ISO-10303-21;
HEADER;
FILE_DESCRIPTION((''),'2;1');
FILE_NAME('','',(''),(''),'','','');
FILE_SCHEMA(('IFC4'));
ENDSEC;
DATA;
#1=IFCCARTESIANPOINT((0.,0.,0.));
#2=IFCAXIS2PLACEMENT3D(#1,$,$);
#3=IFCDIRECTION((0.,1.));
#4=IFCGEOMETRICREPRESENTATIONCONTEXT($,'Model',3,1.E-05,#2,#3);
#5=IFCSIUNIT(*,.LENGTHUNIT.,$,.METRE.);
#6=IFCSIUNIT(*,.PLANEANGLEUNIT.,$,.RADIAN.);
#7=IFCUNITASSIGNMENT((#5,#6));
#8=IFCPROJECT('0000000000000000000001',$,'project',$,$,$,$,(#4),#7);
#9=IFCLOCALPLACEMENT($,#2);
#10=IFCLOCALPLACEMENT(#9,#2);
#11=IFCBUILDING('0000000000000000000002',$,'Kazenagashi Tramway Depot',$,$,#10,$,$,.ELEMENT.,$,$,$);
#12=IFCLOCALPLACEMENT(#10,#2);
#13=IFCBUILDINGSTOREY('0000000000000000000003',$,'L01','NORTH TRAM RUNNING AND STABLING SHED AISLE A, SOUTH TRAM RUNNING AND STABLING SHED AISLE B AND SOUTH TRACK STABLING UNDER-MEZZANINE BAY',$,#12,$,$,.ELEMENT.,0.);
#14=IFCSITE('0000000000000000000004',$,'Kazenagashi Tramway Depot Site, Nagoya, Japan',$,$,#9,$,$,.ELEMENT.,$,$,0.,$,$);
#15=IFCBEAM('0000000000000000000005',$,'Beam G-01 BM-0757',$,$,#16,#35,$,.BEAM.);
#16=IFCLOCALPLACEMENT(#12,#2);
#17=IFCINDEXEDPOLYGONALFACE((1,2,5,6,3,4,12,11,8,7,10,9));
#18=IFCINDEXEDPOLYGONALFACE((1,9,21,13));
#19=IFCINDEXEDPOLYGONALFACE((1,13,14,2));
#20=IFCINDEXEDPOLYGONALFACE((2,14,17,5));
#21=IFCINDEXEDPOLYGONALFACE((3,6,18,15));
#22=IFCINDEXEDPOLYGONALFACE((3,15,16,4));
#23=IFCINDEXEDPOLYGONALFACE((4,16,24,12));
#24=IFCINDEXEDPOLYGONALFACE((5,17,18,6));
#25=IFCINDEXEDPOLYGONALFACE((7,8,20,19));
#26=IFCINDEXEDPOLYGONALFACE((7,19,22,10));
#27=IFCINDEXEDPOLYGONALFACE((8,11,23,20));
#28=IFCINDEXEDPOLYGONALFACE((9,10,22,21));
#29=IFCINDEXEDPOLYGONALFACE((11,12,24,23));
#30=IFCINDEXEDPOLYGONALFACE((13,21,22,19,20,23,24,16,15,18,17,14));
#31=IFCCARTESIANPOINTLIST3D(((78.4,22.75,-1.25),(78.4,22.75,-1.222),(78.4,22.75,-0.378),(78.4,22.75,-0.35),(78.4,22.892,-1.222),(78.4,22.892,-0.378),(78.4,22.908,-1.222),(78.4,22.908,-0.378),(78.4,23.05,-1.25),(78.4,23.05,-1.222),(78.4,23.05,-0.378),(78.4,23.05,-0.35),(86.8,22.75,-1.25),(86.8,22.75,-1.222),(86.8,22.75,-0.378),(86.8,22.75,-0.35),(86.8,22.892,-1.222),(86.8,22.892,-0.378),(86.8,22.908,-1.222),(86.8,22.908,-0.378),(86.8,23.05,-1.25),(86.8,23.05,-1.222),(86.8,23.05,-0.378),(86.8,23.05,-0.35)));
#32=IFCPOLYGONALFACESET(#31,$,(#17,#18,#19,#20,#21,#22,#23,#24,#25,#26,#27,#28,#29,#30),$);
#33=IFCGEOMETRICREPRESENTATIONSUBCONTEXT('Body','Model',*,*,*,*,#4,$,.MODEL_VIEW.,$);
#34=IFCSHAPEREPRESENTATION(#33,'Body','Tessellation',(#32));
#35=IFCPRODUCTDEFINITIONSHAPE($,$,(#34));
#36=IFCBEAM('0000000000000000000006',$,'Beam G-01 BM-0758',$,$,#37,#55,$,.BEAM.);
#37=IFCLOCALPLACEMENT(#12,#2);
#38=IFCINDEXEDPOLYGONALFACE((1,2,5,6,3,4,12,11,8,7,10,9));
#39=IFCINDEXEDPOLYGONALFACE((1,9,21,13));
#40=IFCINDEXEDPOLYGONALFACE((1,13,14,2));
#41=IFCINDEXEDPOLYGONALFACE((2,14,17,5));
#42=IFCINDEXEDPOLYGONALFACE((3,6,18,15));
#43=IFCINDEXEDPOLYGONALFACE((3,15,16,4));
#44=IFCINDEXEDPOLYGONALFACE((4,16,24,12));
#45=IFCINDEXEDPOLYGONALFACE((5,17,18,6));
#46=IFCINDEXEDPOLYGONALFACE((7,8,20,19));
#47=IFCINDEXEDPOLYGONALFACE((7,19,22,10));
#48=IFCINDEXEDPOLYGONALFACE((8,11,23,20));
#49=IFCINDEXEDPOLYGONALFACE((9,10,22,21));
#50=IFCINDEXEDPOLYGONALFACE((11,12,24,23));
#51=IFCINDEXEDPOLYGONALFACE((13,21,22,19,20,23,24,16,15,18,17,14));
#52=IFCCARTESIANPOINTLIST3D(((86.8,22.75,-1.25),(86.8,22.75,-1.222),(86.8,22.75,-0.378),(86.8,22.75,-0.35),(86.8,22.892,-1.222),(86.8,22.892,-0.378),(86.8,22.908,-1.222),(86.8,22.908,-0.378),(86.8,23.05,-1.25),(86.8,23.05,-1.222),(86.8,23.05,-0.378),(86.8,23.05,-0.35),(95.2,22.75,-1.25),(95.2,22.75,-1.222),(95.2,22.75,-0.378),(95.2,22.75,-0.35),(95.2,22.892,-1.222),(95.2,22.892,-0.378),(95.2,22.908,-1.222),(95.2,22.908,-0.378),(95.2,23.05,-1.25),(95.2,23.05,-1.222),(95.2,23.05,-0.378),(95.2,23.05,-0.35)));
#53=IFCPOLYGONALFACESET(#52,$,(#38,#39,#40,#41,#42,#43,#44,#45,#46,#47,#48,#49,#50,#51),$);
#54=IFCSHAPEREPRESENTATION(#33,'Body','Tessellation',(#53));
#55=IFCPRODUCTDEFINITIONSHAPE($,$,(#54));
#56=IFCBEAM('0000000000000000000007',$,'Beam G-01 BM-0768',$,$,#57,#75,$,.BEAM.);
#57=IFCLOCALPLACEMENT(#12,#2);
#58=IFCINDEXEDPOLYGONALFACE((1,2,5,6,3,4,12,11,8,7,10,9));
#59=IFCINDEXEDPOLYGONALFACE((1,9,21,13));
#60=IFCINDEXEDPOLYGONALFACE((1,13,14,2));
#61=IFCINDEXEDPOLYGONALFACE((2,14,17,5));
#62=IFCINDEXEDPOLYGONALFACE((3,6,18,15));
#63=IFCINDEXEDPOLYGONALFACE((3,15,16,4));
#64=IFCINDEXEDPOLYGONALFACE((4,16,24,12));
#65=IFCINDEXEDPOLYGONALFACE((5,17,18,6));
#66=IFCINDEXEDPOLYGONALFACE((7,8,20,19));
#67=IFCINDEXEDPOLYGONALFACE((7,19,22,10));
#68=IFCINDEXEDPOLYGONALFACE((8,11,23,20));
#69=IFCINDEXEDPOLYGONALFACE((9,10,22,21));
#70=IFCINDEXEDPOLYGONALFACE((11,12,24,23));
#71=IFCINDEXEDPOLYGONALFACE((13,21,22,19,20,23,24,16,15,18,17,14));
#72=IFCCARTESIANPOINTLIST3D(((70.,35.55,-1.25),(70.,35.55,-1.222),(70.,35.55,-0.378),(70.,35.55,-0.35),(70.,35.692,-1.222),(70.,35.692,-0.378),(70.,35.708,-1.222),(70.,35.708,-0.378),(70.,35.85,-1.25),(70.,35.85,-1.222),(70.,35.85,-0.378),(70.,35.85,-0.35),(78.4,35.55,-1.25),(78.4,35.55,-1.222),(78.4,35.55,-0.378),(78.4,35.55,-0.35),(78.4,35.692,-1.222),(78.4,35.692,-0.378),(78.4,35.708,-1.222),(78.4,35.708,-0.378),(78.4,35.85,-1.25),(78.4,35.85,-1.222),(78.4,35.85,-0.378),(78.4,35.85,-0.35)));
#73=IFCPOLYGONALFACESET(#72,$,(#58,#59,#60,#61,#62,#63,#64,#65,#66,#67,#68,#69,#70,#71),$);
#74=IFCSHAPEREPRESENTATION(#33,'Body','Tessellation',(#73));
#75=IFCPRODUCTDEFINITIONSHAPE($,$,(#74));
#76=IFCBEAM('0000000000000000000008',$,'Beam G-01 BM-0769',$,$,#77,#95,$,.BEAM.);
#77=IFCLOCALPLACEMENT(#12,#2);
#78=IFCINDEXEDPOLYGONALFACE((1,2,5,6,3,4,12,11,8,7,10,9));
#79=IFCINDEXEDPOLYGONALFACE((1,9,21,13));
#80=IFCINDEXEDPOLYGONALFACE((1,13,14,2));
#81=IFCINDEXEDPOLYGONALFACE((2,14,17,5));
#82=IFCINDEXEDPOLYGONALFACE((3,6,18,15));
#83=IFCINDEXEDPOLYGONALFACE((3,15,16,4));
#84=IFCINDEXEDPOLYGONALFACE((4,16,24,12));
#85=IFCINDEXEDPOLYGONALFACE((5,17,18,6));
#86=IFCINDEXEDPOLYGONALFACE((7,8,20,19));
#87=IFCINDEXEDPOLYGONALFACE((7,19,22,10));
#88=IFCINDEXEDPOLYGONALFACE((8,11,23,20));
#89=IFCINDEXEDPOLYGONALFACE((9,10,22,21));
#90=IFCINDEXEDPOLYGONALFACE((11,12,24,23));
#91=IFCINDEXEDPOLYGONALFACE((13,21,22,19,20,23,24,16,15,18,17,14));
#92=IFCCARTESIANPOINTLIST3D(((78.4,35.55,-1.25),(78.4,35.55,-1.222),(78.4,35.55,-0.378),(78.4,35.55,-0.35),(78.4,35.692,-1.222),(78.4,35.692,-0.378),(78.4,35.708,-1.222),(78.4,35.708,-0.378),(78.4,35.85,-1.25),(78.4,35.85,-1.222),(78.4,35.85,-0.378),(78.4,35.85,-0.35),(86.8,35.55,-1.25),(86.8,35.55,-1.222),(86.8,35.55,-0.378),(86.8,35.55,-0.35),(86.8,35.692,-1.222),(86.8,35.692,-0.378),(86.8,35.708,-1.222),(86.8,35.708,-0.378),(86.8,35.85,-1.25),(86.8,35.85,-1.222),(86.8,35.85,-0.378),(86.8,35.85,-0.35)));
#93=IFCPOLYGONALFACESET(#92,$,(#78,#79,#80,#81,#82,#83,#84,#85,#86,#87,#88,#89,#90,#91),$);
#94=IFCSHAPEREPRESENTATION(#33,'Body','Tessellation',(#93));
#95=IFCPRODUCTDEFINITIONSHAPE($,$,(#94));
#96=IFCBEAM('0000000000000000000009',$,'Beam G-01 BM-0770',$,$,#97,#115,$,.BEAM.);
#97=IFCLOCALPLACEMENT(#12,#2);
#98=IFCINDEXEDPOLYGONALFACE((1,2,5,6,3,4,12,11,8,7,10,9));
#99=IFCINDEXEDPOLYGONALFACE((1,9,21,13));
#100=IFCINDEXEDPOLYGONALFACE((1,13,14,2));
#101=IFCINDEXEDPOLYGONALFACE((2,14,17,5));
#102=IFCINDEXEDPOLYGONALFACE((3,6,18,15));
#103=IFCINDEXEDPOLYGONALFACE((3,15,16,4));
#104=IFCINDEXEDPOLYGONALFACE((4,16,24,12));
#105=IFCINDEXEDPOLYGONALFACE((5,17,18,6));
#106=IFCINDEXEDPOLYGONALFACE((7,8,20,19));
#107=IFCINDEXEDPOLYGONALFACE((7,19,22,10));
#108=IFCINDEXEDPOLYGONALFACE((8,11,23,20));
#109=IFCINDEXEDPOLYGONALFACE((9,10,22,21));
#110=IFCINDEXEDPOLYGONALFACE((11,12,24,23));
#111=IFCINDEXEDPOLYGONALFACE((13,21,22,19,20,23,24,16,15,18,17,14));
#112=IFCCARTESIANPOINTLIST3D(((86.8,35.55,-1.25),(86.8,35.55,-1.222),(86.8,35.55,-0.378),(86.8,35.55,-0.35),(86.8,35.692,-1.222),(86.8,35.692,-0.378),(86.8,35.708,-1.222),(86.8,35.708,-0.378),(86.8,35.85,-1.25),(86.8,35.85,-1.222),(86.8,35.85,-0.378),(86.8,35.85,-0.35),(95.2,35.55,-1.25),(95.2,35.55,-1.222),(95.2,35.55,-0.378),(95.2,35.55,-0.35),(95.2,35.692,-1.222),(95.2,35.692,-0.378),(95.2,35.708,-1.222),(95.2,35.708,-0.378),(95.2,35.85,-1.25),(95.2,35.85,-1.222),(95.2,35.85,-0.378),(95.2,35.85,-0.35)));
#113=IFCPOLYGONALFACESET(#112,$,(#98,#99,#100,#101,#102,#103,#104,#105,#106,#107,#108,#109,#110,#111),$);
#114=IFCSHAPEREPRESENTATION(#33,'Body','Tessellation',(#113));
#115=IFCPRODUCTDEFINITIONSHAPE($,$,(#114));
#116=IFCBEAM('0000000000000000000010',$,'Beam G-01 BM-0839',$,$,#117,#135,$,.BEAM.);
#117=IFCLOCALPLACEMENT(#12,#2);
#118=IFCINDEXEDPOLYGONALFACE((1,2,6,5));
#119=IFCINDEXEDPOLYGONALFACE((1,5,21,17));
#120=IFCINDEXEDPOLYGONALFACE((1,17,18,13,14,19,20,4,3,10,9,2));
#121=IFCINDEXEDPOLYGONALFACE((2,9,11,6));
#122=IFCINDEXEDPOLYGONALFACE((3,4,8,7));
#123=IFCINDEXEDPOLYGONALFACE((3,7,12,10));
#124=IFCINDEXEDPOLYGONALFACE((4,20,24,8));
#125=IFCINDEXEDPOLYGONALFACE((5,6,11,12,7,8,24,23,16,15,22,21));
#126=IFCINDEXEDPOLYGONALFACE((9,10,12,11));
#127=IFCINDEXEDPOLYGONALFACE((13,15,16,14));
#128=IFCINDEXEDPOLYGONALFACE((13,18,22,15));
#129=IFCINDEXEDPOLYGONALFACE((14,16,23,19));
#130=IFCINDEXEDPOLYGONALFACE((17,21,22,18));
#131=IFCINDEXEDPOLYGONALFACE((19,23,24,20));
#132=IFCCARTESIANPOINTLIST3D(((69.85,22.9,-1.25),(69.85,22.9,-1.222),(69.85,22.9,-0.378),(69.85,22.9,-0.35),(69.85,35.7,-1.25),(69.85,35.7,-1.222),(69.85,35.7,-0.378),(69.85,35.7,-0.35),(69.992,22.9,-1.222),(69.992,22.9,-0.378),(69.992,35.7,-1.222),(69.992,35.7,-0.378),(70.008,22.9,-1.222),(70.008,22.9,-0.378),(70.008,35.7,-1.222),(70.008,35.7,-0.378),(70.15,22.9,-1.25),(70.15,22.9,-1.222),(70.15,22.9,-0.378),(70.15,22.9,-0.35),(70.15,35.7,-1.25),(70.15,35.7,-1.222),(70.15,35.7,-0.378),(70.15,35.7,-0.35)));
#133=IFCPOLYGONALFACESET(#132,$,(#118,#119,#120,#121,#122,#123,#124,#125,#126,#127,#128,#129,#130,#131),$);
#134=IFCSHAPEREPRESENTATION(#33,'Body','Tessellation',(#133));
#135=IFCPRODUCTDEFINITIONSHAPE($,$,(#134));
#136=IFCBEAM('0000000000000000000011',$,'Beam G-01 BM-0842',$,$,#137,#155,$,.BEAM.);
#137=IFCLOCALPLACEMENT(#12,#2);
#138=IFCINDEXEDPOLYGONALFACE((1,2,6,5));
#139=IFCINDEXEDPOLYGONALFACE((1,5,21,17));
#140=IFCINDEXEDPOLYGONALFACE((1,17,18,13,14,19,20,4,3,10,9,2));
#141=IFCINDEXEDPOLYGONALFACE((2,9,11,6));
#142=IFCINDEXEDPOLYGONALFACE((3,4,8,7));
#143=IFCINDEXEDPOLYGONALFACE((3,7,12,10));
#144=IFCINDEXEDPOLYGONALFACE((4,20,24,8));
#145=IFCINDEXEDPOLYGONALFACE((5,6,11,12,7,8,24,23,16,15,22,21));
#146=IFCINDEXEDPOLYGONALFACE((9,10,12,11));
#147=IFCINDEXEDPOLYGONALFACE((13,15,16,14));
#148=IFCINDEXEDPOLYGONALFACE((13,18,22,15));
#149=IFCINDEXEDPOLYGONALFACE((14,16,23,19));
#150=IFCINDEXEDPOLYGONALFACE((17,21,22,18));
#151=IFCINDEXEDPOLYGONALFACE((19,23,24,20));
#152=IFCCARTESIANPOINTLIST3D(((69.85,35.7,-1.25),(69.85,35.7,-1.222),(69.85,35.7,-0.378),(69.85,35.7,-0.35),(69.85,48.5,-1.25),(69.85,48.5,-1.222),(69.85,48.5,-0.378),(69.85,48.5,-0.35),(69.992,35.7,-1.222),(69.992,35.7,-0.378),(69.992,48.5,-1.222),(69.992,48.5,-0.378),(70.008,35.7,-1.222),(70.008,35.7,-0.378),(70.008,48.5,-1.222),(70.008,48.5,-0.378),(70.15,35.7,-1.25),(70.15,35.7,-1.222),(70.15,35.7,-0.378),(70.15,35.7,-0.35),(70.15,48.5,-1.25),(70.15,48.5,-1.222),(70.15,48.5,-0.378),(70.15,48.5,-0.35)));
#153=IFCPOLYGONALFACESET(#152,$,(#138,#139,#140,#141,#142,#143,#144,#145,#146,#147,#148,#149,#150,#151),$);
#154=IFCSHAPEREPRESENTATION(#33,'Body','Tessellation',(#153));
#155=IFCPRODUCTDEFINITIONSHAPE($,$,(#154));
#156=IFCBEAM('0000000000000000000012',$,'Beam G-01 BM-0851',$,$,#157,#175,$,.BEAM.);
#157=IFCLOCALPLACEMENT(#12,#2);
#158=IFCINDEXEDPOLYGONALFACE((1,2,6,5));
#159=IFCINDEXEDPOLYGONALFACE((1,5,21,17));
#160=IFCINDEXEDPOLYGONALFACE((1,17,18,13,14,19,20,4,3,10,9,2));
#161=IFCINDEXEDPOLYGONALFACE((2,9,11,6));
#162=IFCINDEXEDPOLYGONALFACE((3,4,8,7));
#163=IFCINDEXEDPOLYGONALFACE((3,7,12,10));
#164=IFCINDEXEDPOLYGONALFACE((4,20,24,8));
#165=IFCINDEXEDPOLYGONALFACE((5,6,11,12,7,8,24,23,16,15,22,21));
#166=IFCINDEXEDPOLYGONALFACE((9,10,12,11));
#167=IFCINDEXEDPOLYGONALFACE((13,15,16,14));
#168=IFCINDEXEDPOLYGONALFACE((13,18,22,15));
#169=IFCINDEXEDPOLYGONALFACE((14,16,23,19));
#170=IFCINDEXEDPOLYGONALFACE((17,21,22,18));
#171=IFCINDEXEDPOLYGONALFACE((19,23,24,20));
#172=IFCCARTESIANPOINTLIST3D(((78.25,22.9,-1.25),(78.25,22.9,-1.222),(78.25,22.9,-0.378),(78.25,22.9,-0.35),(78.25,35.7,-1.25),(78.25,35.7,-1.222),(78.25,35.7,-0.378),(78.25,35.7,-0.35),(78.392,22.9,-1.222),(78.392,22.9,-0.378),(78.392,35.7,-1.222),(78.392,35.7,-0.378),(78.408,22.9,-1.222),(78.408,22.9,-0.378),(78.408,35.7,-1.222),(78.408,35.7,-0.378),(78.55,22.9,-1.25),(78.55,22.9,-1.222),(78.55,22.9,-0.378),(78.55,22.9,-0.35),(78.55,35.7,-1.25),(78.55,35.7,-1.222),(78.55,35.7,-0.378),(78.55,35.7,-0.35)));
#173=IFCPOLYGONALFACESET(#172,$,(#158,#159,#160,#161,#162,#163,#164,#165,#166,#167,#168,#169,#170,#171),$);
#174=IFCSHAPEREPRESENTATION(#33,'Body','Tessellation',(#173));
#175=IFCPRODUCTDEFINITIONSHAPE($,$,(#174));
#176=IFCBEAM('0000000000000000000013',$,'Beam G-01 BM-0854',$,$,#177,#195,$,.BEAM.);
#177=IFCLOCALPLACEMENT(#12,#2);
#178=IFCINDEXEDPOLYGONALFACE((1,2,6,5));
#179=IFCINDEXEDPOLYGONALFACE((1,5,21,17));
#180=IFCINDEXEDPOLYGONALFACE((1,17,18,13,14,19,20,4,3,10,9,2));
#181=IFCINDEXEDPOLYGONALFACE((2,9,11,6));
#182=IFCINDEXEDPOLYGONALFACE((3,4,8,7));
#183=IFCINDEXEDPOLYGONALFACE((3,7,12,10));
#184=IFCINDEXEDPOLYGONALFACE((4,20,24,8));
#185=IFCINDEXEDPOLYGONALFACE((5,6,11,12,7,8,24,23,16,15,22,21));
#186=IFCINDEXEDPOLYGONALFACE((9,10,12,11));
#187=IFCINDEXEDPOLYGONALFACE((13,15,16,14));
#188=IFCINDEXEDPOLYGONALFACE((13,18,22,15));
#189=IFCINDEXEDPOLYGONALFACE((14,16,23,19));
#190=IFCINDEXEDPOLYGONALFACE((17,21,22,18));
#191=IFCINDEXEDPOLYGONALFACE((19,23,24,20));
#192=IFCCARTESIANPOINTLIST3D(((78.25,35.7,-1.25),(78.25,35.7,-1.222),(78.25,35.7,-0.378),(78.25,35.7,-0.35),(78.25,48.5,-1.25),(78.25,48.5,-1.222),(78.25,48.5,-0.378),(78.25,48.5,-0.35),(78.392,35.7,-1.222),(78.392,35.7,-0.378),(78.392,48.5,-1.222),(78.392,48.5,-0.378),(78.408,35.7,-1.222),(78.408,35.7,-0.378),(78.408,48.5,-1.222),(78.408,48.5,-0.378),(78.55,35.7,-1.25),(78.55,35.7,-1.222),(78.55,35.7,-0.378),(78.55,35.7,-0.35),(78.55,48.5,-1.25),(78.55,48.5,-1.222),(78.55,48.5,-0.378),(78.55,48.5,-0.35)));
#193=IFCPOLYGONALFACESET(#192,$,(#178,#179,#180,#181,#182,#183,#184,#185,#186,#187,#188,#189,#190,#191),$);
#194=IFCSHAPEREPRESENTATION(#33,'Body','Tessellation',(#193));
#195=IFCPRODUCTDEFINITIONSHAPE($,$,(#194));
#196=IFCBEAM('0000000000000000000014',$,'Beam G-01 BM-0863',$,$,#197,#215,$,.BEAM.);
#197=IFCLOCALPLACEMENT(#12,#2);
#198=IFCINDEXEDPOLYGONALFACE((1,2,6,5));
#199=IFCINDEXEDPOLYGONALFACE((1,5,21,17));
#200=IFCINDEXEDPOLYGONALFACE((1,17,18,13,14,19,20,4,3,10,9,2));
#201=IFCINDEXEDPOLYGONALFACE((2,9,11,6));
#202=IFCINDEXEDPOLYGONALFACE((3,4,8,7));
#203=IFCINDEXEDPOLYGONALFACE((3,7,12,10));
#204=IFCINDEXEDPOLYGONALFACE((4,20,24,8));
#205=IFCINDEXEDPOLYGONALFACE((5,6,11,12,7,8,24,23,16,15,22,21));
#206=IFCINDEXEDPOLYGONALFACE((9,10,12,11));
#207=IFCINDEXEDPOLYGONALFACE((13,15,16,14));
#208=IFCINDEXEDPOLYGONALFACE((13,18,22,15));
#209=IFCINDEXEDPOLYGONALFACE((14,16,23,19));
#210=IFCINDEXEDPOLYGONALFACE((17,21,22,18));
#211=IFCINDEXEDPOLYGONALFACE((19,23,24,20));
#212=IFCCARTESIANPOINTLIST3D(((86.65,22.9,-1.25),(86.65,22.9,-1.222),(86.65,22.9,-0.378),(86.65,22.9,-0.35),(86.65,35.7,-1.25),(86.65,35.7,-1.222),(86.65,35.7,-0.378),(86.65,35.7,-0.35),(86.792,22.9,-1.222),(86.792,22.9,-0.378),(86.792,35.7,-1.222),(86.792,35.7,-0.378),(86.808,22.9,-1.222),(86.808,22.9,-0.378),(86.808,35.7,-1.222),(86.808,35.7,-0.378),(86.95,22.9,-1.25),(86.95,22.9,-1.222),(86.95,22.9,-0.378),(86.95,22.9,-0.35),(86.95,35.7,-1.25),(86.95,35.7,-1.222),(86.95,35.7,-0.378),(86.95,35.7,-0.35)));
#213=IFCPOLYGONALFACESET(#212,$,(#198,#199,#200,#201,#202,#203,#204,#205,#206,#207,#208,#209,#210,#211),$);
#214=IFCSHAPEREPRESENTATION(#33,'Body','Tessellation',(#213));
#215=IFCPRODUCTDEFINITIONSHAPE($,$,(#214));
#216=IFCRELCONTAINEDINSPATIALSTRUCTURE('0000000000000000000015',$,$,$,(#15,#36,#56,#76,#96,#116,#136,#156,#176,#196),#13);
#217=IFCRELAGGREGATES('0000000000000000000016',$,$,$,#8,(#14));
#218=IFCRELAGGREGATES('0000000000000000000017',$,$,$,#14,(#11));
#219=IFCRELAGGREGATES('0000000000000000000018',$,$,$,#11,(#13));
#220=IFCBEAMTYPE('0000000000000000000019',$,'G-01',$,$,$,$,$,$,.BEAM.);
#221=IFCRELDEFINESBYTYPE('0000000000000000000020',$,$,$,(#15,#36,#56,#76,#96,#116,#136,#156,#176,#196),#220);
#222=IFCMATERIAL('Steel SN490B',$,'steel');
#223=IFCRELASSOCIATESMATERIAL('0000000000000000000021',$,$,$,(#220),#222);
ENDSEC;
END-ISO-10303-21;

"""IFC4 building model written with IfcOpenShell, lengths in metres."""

from ifc_helpers import new_model, si_unit, direction, frame, origin, origin_2d, place, context, subcontext, project, spatial, i_section, extrude, material, material_profile, profile_set, type_object, element, save


model = new_model("IFC4")

# Units and contexts
model_context = context("Model", 3, precision=1e-05, world=origin(), true_north=direction((0.0, 1.0)))
body_context = subcontext(model_context, "Body", "Model", "MODEL_VIEW")
ifc_project = project(units=[si_unit("LENGTHUNIT", "METRE"), si_unit("PLANEANGLEUNIT", "RADIAN")], contexts=[model_context])

# Site, building, storey
site_placement = place(None, origin())
site = spatial("IfcSite", under=ifc_project, at=site_placement, Name="Kazenagashi Tramway Depot Site, Nagoya, Japan", CompositionType="ELEMENT", RefElevation=0.0)
building_placement = place(site_placement, origin())
building = spatial("IfcBuilding", under=site, at=building_placement, Name="Kazenagashi Tramway Depot", CompositionType="ELEMENT")
storey_placement = place(building_placement, origin())
storey = spatial("IfcBuildingStorey", under=building, at=storey_placement, Name="L01", Description="NORTH TRAM RUNNING AND STABLING SHED AISLE A, SOUTH TRAM RUNNING AND STABLING SHED AISLE B AND SOUTH TRACK STABLING UNDER-MEZZANINE BAY", CompositionType="ELEMENT", Elevation=0.0)

# Shared definitions
ifc_material_1 = material(Name="Steel SN490B", Category="steel")

# Beams
ifc_material_profile_1 = material_profile(ifc_material_1, i_section(OverallWidth=0.3, OverallDepth=0.9, WebThickness=0.016, FlangeThickness=0.028, at=origin_2d()), Name="H-900x300x16x28")
ifc_profile_set_1 = profile_set([ifc_material_profile_1], Name="Steel SN490B")
beam_type_1 = type_object("IfcBeamType", Name="G-01", PredefinedType="BEAM", material=ifc_profile_set_1)
for number, where, z_axis, x_axis, name in (
    (1, (78.4, 22.9, -0.8), (1.0, 0.0, 0.0), (0.0, 1.0, 0.0), "Beam G-01 BM-0757"),
    (2, (86.8, 22.9, -0.8), (1.0, 0.0, 0.0), (0.0, 1.0, 0.0), "Beam G-01 BM-0758"),
    (3, (70.0, 35.7, -0.8), (1.0, 0.0, 0.0), (0.0, 1.0, 0.0), "Beam G-01 BM-0768"),
    (4, (78.4, 35.7, -0.8), (1.0, 0.0, 0.0), (0.0, 1.0, 0.0), "Beam G-01 BM-0769"),
    (5, (86.8, 35.7, -0.8), (1.0, 0.0, 0.0), (0.0, 1.0, 0.0), "Beam G-01 BM-0770"),
):
    element("IfcBeam", number, at=place(storey_placement, frame(where, z_axis=z_axis, x_axis=x_axis)), inside=storey, type_object=beam_type_1, Name=name, PredefinedType="BEAM", context=body_context, shape_type="SweptSolid", body=[
        extrude(i_section(OverallWidth=0.3, OverallDepth=0.9, WebThickness=0.016, FlangeThickness=0.028, at=origin_2d()), origin(), (0.0, 0.0, 1.0), 8.4),
    ])
for number, where, z_axis, x_axis, name in (
    (6, (70.0, 22.9, -0.8), (0.0, 1.0, 0.0), (-1.0, 0.0, 0.0), "Beam G-01 BM-0839"),
    (7, (70.0, 35.7, -0.8), (0.0, 1.0, 0.0), (-1.0, 0.0, 0.0), "Beam G-01 BM-0842"),
    (8, (78.4, 22.9, -0.8), (0.0, 1.0, 0.0), (-1.0, 0.0, 0.0), "Beam G-01 BM-0851"),
    (9, (78.4, 35.7, -0.8), (0.0, 1.0, 0.0), (-1.0, 0.0, 0.0), "Beam G-01 BM-0854"),
    (10, (86.8, 22.9, -0.8), (0.0, 1.0, 0.0), (-1.0, 0.0, 0.0), "Beam G-01 BM-0863"),
):
    element("IfcBeam", number, at=place(storey_placement, frame(where, z_axis=z_axis, x_axis=x_axis)), inside=storey, type_object=beam_type_1, Name=name, PredefinedType="BEAM", context=body_context, shape_type="SweptSolid", body=[
        extrude(i_section(OverallWidth=0.3, OverallDepth=0.9, WebThickness=0.016, FlangeThickness=0.028, at=origin_2d()), origin(), (0.0, 0.0, 1.0), 12.8),
    ])

save(model, "model.ifc")
